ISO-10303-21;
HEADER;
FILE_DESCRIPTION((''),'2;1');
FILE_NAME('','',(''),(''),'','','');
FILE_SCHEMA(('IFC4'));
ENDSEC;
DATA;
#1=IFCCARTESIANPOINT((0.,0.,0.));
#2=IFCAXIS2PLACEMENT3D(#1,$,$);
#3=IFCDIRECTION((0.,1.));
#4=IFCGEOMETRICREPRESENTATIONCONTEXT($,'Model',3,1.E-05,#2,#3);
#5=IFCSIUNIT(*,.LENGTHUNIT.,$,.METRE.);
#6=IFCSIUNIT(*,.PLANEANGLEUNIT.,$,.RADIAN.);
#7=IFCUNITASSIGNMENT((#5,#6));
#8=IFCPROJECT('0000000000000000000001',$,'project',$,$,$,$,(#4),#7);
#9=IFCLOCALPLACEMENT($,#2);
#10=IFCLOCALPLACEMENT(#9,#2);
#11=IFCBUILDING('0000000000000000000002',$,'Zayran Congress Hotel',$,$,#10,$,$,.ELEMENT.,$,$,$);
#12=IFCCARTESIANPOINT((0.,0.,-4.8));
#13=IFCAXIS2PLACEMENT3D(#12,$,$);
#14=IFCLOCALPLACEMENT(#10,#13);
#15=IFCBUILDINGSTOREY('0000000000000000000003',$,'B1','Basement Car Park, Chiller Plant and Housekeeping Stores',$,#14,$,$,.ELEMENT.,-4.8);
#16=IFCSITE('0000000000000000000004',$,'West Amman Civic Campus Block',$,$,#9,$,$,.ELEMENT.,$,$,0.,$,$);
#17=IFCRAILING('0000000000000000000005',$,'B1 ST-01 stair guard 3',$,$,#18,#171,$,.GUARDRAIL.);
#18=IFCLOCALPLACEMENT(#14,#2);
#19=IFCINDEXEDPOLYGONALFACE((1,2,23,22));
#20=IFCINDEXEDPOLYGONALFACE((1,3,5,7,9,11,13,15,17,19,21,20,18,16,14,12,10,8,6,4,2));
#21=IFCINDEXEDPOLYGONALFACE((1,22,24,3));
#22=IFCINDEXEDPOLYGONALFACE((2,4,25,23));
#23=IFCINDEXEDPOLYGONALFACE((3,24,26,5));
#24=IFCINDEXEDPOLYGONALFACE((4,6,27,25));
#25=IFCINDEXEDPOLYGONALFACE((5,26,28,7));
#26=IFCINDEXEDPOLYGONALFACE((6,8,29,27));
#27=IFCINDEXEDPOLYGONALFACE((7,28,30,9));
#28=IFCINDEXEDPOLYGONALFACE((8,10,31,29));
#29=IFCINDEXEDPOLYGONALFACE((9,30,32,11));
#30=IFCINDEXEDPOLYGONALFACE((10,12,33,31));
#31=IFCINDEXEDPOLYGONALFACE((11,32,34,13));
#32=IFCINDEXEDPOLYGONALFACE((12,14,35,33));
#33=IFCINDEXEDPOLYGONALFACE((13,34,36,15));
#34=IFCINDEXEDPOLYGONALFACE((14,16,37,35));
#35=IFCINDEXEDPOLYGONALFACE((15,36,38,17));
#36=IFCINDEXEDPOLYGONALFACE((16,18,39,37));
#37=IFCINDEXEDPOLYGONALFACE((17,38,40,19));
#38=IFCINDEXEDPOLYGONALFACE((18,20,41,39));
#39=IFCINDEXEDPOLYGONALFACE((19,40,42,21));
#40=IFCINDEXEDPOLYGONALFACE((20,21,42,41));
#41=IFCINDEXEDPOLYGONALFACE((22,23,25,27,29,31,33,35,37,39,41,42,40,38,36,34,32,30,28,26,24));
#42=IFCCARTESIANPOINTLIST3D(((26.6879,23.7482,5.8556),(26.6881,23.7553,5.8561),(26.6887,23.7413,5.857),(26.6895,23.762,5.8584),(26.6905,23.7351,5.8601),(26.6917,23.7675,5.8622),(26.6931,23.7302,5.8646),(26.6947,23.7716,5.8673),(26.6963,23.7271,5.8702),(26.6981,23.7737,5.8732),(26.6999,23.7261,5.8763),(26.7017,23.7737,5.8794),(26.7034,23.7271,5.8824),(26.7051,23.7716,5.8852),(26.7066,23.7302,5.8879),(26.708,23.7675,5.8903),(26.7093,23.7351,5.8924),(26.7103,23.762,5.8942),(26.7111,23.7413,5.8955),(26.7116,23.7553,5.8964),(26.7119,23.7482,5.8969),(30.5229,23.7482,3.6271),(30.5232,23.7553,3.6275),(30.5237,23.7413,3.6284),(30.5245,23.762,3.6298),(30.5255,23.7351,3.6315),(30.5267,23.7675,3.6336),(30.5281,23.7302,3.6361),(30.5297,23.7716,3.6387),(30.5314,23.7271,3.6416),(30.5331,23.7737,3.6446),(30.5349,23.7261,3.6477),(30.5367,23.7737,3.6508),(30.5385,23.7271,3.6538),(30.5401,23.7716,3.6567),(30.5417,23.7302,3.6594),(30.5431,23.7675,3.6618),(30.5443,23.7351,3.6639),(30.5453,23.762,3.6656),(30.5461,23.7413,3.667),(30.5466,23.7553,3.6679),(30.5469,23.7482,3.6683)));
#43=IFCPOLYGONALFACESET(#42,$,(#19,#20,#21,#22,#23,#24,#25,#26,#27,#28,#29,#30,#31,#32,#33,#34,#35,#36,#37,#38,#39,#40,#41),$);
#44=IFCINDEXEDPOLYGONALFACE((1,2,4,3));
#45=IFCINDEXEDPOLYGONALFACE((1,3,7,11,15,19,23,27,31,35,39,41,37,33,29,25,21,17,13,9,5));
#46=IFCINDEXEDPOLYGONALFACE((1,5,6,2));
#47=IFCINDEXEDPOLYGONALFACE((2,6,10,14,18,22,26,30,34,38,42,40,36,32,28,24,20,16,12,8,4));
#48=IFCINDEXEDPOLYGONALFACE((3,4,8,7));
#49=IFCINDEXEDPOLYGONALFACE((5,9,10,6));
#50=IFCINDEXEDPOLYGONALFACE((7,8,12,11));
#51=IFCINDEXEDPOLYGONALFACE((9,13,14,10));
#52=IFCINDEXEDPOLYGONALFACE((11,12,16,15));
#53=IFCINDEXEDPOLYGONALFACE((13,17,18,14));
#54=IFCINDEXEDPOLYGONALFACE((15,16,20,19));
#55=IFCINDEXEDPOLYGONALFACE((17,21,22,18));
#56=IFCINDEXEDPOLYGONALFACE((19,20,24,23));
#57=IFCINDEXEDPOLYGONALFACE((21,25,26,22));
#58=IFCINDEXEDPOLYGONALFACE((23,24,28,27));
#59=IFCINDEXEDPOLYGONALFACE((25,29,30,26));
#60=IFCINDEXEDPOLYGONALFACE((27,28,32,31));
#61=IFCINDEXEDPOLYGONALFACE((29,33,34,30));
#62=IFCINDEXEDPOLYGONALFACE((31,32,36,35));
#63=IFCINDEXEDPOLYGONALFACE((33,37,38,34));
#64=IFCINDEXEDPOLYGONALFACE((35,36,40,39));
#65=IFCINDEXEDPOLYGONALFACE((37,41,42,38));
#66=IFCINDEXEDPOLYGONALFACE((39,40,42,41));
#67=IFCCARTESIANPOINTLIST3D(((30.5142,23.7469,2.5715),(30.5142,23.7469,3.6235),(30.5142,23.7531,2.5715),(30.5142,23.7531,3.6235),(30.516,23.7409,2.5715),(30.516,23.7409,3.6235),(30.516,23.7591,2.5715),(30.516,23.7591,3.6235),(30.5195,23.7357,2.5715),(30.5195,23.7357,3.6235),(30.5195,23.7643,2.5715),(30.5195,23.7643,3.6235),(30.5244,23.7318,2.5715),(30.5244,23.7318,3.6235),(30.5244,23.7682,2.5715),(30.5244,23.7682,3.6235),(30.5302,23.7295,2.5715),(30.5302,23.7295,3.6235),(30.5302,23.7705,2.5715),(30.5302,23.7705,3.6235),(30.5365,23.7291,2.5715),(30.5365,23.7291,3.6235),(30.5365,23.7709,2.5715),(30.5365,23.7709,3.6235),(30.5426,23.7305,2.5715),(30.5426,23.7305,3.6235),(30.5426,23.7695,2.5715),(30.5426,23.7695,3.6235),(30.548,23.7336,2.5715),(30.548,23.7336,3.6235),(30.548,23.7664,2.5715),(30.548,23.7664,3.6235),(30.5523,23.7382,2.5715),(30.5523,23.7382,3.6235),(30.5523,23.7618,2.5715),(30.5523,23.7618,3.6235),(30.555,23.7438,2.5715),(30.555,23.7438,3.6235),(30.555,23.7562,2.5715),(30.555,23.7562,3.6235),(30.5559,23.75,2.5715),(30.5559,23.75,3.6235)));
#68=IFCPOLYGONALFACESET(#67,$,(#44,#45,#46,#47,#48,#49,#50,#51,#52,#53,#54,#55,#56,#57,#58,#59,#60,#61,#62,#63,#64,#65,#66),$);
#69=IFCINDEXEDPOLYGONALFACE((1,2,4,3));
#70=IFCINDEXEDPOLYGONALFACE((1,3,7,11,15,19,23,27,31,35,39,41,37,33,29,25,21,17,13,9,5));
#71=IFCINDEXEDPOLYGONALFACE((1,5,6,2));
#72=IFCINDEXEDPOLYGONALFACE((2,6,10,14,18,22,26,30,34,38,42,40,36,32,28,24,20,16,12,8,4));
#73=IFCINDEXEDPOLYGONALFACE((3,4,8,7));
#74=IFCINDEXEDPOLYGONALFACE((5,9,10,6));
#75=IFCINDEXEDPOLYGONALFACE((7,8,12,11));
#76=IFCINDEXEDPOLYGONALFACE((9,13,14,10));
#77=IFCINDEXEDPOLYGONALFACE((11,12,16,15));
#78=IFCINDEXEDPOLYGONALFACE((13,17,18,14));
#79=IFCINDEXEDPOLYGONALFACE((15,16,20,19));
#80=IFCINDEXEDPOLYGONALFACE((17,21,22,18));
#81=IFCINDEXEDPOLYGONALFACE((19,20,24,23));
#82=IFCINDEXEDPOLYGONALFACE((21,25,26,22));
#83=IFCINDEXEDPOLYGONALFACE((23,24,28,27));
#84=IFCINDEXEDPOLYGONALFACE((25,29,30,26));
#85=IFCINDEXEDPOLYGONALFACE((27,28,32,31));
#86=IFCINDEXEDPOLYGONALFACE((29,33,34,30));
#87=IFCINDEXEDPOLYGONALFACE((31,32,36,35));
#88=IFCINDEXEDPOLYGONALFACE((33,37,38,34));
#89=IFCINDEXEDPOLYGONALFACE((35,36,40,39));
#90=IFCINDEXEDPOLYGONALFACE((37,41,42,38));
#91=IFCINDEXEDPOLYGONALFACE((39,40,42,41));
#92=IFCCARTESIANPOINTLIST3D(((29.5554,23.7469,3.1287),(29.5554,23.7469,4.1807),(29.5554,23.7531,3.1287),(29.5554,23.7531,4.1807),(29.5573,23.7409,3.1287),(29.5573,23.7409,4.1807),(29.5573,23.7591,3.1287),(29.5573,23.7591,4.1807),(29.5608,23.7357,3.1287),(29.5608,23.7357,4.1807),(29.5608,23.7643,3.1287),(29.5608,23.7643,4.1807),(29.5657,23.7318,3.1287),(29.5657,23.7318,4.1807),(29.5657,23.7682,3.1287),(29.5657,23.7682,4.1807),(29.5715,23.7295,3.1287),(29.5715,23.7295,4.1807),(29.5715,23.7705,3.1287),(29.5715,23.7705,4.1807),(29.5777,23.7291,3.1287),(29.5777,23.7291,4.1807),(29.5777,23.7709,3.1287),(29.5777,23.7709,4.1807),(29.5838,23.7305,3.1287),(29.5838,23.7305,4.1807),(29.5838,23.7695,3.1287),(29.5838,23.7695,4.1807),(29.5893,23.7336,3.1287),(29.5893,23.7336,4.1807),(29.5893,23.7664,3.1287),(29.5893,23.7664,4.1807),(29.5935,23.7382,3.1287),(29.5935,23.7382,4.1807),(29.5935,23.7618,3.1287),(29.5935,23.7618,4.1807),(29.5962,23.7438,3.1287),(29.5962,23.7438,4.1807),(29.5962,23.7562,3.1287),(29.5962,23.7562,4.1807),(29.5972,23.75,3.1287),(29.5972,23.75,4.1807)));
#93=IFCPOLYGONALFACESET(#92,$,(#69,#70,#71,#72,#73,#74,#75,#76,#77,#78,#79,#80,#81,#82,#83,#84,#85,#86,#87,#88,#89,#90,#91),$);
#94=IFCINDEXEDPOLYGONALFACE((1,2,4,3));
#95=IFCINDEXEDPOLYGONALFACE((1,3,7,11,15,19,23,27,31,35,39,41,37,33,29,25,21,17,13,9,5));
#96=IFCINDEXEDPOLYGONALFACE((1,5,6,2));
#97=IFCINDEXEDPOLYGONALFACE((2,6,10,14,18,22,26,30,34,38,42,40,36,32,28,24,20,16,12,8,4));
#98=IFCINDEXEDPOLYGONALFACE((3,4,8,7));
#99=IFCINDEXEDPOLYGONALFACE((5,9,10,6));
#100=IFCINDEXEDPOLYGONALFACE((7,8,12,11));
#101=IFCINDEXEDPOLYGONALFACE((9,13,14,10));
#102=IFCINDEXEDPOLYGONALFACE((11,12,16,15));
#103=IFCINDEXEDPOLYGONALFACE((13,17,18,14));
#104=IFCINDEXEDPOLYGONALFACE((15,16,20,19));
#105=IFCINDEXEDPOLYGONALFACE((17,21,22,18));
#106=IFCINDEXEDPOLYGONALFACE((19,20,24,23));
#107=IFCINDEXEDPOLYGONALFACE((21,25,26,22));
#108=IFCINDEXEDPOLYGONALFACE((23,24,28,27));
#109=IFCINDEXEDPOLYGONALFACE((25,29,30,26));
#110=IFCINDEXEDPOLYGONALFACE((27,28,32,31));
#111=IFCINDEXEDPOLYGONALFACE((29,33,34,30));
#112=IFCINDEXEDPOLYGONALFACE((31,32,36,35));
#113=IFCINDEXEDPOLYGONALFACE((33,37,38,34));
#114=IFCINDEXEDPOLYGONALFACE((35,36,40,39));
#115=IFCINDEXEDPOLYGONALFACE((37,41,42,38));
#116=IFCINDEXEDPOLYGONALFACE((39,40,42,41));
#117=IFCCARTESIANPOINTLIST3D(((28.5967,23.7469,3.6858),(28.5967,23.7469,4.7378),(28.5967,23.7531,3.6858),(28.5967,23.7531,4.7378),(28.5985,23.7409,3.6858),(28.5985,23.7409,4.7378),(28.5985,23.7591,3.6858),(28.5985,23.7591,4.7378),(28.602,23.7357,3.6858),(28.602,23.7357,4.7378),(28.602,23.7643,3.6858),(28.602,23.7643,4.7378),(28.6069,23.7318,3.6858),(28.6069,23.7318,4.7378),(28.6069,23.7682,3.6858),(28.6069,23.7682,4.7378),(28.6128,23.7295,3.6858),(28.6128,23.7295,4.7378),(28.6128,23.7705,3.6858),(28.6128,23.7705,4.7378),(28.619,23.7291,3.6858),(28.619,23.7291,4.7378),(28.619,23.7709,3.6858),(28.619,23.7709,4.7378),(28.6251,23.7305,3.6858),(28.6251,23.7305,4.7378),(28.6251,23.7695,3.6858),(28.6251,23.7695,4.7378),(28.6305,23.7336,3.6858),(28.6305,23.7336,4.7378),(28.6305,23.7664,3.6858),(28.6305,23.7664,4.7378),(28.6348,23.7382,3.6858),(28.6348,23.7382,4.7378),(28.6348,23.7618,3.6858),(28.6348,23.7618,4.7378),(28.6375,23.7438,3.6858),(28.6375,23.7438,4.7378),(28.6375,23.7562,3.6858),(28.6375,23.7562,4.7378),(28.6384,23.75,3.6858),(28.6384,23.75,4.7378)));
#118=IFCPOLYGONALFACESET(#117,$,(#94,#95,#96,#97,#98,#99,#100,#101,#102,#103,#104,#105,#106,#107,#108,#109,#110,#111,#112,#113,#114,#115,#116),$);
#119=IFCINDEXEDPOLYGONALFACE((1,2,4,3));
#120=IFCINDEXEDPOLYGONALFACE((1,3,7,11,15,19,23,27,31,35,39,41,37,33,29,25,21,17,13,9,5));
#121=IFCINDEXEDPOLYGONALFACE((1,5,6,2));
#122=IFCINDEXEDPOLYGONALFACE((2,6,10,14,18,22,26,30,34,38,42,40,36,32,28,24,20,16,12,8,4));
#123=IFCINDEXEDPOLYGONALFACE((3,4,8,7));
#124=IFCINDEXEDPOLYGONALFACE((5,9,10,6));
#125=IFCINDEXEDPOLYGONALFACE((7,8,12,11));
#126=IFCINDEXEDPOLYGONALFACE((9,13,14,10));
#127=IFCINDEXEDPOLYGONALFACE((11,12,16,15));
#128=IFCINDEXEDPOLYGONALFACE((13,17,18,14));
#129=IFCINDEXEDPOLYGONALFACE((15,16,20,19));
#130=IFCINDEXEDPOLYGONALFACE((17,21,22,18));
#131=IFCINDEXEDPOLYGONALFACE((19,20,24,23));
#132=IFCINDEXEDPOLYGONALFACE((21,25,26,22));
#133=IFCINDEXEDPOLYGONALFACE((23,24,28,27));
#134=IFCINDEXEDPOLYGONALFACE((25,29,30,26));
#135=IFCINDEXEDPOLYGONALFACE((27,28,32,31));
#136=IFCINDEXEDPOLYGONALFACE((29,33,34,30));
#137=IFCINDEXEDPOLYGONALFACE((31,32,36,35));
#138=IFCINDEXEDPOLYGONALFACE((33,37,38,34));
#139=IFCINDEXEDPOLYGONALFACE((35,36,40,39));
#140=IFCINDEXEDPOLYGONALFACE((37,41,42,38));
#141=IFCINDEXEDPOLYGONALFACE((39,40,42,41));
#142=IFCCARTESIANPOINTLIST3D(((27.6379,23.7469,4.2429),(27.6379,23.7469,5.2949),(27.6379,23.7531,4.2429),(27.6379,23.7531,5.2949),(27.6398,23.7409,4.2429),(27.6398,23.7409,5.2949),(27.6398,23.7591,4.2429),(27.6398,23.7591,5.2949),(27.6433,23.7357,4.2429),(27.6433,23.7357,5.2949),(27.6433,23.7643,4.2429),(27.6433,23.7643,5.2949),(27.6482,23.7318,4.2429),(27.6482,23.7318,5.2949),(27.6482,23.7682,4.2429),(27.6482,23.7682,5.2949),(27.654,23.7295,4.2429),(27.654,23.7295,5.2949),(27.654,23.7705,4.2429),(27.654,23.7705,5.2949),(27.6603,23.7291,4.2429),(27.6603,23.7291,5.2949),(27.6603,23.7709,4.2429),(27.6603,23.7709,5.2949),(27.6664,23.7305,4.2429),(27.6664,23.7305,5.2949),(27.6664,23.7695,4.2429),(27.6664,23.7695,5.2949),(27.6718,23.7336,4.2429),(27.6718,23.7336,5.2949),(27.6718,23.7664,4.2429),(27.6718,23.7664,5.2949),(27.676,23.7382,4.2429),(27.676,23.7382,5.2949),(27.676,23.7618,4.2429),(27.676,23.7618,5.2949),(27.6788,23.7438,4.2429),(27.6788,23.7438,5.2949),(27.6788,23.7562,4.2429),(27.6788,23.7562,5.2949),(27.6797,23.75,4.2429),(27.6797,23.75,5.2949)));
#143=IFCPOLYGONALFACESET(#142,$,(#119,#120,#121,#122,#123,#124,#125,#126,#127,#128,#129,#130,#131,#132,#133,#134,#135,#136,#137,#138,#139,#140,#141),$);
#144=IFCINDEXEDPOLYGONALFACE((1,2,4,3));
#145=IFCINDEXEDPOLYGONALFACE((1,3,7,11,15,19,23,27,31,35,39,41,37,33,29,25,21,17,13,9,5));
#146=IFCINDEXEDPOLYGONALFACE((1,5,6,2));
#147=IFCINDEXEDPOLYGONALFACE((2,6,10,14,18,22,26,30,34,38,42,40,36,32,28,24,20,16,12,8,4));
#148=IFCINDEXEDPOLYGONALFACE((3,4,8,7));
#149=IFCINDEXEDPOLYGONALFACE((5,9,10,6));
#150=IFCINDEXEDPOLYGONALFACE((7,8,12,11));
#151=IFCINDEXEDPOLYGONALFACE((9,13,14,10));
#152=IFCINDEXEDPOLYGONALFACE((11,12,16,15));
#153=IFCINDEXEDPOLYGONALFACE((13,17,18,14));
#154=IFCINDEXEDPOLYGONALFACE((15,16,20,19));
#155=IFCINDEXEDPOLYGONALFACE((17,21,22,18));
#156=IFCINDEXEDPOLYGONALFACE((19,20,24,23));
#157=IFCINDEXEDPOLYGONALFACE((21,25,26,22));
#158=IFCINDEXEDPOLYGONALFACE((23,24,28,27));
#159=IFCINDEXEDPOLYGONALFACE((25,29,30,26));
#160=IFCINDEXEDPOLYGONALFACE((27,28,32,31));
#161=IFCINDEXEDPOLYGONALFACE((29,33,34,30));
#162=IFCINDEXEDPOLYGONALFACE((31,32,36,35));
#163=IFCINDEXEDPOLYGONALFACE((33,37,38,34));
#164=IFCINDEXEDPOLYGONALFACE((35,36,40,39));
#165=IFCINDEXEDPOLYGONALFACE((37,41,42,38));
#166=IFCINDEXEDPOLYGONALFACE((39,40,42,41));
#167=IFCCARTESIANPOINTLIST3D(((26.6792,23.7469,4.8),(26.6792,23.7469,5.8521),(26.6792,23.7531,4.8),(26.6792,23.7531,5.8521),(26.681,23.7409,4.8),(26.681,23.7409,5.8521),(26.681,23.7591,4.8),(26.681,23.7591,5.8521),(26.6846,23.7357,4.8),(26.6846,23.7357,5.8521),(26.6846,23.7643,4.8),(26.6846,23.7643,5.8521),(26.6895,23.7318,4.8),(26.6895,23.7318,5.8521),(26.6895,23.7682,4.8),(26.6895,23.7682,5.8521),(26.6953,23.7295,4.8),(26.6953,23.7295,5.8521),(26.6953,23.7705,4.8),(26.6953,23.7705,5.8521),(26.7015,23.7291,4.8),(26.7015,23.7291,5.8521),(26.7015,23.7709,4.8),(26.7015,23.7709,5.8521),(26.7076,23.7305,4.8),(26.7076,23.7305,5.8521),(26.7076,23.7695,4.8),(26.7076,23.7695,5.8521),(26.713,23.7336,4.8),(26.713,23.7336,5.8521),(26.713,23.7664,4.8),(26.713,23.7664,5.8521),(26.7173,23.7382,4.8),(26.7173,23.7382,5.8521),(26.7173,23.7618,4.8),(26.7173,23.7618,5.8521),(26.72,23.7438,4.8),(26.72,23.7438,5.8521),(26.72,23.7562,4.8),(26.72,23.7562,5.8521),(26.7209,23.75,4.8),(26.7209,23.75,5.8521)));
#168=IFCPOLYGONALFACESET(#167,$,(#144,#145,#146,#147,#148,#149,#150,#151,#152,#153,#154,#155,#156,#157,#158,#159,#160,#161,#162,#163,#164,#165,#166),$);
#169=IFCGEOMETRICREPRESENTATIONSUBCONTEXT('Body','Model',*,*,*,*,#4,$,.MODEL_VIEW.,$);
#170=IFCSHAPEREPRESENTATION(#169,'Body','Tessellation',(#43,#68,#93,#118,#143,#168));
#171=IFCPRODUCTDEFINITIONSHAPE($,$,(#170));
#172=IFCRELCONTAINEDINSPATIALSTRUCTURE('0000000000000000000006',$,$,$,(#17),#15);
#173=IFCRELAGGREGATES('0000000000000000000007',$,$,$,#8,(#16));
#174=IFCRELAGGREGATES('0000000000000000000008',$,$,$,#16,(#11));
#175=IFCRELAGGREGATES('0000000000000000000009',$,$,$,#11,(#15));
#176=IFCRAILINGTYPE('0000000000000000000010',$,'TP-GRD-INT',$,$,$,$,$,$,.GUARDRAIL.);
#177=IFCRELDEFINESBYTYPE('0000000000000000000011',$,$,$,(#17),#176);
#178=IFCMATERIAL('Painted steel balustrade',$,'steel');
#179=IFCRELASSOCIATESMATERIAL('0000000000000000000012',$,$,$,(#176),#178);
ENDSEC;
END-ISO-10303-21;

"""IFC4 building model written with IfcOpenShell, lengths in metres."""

from ifc_helpers import new_model, si_unit, direction, frame, origin, origin_2d, place, context, subcontext, project, spatial, circle, extrude, material, type_object, element, save


model = new_model("IFC4")

# Units and contexts
model_context = context("Model", 3, precision=1e-05, world=origin(), true_north=direction((0.0, 1.0)))
body_context = subcontext(model_context, "Body", "Model", "MODEL_VIEW")
ifc_project = project(units=[si_unit("LENGTHUNIT", "METRE"), si_unit("PLANEANGLEUNIT", "RADIAN")], contexts=[model_context])

# Site, building, storey
site_placement = place(None, origin())
site = spatial("IfcSite", under=ifc_project, at=site_placement, Name="West Amman Civic Campus Block", CompositionType="ELEMENT", RefElevation=0.0)
building_placement = place(site_placement, origin())
building = spatial("IfcBuilding", under=site, at=building_placement, Name="Zayran Congress Hotel", CompositionType="ELEMENT")
storey_placement = place(building_placement, frame((0.0, 0.0, -4.8)))
storey = spatial("IfcBuildingStorey", under=building, at=storey_placement, Name="B1", Description="Basement Car Park, Chiller Plant and Housekeeping Stores", CompositionType="ELEMENT", Elevation=-4.8)

# Railing
ifc_material_1 = material(Name="Painted steel balustrade", Category="steel")
railing_type_1 = type_object("IfcRailingType", Name="TP-GRD-INT", PredefinedType="GUARDRAIL", material=ifc_material_1)
railing_1_placement = place(storey_placement, frame((30.5349, 23.75, 2.5715)))
element("IfcRailing", 1, at=railing_1_placement, inside=storey, type_object=railing_type_1, Name="B1 ST-01 stair guard 3", PredefinedType="GUARDRAIL", context=body_context, shape_type="SweptSolid", body=[
    extrude(circle(Radius=0.0239, at=origin_2d()), frame((0.0, 0.0, 1.0762), z_axis=(-0.864616, 0.0, 0.502433), x_axis=(0.0, -1.0, 0.0)), (0.0, 0.0, 1.0), 4.4355),
    extrude(circle(Radius=0.021, at=origin_2d()), origin(), (0.0, 0.0, 1.0), 1.052),
    extrude(circle(Radius=0.021, at=origin_2d()), frame((-0.9587, 0.0, 0.5571)), (0.0, 0.0, 1.0), 1.052),
    extrude(circle(Radius=0.021, at=origin_2d()), frame((-1.9175, 0.0, 1.1143)), (0.0, 0.0, 1.0), 1.052),
    extrude(circle(Radius=0.021, at=origin_2d()), frame((-2.8762, 0.0, 1.6714)), (0.0, 0.0, 1.0), 1.052),
    extrude(circle(Radius=0.021, at=origin_2d()), frame((-3.835, 0.0, 2.2285)), (0.0, 0.0, 1.0), 1.052),
])

save(model, "model.ifc")
